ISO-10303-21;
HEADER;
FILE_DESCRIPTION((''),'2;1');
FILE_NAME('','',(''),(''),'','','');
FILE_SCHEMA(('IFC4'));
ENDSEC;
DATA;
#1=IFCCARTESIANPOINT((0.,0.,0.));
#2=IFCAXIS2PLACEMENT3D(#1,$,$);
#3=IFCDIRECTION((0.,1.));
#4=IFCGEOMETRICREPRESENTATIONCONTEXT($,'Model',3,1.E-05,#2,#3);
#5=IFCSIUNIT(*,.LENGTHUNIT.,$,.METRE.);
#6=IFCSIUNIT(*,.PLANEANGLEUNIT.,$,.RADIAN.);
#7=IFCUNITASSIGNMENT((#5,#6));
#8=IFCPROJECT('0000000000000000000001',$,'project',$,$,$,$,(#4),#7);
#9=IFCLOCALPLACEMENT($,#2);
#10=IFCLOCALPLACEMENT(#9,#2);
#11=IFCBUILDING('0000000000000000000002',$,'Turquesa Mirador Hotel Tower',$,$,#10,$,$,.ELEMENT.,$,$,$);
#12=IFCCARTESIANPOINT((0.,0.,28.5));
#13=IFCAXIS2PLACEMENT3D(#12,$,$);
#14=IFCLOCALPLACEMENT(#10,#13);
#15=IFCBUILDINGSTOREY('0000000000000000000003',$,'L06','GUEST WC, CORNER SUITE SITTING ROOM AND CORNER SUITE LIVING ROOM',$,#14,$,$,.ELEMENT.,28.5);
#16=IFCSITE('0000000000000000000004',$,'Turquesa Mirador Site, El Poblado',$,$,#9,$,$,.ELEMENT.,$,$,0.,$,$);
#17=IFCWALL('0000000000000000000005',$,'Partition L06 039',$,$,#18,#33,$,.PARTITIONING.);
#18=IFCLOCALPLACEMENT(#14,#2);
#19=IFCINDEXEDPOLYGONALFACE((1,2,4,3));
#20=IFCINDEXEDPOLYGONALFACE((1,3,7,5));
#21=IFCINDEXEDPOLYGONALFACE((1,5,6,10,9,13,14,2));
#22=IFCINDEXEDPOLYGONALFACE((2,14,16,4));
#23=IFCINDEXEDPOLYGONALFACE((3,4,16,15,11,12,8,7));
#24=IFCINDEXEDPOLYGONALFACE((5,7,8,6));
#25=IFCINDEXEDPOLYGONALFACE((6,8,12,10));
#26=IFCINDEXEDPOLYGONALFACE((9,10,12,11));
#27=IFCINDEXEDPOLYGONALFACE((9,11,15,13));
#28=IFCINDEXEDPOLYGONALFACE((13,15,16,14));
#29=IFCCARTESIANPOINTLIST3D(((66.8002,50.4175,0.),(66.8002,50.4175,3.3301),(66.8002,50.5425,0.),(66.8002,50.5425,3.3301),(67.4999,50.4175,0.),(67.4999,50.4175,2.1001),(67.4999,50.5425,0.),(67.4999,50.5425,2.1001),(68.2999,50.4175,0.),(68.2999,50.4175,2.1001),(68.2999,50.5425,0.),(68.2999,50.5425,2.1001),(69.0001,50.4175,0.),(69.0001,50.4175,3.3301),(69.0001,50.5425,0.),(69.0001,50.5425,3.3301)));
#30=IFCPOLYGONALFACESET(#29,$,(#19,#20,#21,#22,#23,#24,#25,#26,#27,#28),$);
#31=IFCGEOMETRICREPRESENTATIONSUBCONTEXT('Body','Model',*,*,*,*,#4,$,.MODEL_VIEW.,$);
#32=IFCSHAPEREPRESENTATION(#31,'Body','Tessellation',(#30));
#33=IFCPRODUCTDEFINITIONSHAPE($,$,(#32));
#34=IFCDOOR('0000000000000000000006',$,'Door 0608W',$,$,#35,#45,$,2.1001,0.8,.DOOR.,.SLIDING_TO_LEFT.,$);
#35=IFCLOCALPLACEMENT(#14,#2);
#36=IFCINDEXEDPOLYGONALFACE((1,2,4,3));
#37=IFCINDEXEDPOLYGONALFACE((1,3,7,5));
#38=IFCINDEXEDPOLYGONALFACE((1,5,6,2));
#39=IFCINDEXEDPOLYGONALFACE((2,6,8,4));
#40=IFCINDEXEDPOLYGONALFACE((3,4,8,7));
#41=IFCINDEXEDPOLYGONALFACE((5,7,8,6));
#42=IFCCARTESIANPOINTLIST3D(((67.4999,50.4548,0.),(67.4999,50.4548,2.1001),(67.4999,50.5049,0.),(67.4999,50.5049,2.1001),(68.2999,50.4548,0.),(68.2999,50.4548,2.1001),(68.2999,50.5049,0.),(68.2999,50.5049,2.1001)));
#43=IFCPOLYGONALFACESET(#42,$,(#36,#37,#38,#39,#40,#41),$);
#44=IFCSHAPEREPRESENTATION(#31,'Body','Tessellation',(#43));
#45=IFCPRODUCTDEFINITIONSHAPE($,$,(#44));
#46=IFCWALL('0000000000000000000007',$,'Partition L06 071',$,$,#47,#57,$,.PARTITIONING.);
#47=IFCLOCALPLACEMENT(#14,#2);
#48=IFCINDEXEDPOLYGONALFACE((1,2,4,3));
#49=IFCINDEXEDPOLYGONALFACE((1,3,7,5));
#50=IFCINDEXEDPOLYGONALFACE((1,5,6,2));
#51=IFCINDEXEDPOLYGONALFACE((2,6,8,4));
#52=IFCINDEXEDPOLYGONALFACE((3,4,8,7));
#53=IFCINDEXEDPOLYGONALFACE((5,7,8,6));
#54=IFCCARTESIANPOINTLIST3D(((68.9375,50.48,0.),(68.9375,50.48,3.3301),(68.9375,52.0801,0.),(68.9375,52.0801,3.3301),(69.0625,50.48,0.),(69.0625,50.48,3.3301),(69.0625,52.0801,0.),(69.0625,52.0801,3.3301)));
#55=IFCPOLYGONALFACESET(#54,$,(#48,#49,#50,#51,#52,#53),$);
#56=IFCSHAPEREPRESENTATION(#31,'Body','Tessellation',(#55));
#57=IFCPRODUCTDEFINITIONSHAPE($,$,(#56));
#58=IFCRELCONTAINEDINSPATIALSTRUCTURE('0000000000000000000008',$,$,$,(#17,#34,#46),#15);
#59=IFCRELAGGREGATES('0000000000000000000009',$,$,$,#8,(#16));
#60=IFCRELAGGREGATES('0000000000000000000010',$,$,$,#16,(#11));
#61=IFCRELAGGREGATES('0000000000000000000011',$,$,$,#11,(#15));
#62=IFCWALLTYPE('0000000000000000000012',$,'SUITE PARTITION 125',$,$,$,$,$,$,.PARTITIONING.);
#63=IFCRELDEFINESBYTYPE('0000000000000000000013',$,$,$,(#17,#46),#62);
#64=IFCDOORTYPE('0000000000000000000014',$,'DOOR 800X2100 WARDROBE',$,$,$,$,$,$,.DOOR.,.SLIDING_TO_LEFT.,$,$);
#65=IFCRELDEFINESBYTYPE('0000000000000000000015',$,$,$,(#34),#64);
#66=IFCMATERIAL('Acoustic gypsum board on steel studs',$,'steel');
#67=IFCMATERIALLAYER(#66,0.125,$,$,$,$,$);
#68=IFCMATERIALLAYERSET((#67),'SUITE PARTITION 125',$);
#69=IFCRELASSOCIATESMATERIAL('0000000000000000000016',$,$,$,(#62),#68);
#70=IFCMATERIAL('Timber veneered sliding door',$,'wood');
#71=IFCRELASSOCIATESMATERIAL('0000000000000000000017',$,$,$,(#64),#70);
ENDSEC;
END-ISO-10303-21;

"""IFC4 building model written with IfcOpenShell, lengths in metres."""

from ifc_helpers import new_model, si_unit, direction, frame, frame_2d, origin, place, context, subcontext, project, spatial, rectangle, extrude, material, layer, layer_set, type_object, element, fill, save


model = new_model("IFC4")

# Units and contexts
model_context = context("Model", 3, precision=1e-05, world=origin(), true_north=direction((0.0, 1.0)))
body_context = subcontext(model_context, "Body", "Model", "MODEL_VIEW")
ifc_project = project(units=[si_unit("LENGTHUNIT", "METRE"), si_unit("PLANEANGLEUNIT", "RADIAN")], contexts=[model_context])

# Site, building, storey
site_placement = place(None, origin())
site = spatial("IfcSite", under=ifc_project, at=site_placement, Name="Turquesa Mirador Site, El Poblado", CompositionType="ELEMENT", RefElevation=0.0)
building_placement = place(site_placement, origin())
building = spatial("IfcBuilding", under=site, at=building_placement, Name="Turquesa Mirador Hotel Tower", CompositionType="ELEMENT")
storey_placement = place(building_placement, frame((0.0, 0.0, 28.5)))
storey = spatial("IfcBuildingStorey", under=building, at=storey_placement, Name="L06", Description="GUEST WC, CORNER SUITE SITTING ROOM AND CORNER SUITE LIVING ROOM", CompositionType="ELEMENT", Elevation=28.5)

# Shared definitions
ifc_material_1 = material(Name="Acoustic gypsum board on steel studs", Category="steel")
ifc_layer_1 = layer(ifc_material_1, 0.125)
ifc_layer_set_1 = layer_set([ifc_layer_1], Name="SUITE PARTITION 125")
wall_type_1 = type_object("IfcWallType", Name="SUITE PARTITION 125", PredefinedType="PARTITIONING", material=ifc_layer_set_1)

# Wall, opening, door
wall_1_placement = place(storey_placement, frame((66.8, 50.48, 0.0), z_axis=(0.0, 0.0, 1.0), x_axis=(1.0, 0.0, 0.0)))
wall_1 = element("IfcWall", 1, at=wall_1_placement, inside=storey, type_object=wall_type_1, Name="Partition L06 039", PredefinedType="PARTITIONING", context=body_context, shape_type="SweptSolid", body=[
    extrude(rectangle(XDim=2.2, YDim=0.125, at=frame_2d((1.1001, 0.0))), origin(), (0.0, 0.0, 1.0), 3.3301),
])
opening_1_placement = place(wall_1_placement, frame((0.7, 0.0, 0.0)))
opening_1 = element("IfcOpeningElement", 2, at=opening_1_placement, cuts=wall_1, PredefinedType="OPENING", context=body_context, shape_type="SweptSolid", body=[
    extrude(rectangle(XDim=0.8, YDim=2.1001, at=frame_2d((0.3999, 1.05))), frame((0.0, 0.0725, 0.0), z_axis=(0.0, -1.0, 0.0), x_axis=(1.0, 0.0, 0.0)), (0.0, 0.0, 1.0), 0.145),
])
ifc_material_2 = material(Name="Timber veneered sliding door", Category="wood")
door_type_1 = type_object("IfcDoorType", Name="DOOR 800X2100 WARDROBE", OperationType="SLIDING_TO_LEFT", PredefinedType="DOOR", material=ifc_material_2)
door_1_placement = place(opening_1_placement, origin())
door_1 = element("IfcDoor", 3, at=door_1_placement, inside=storey, type_object=door_type_1, Name="Door 0608W", OperationType="SLIDING_TO_LEFT", OverallHeight=2.1001, OverallWidth=0.8, PredefinedType="DOOR", context=body_context, shape_type="SweptSolid", body=[
    extrude(rectangle(XDim=0.8, YDim=2.1001, at=frame_2d((0.3999, 1.05))), frame((0.0, 0.0249, 0.0), z_axis=(0.0, -1.0, 0.0), x_axis=(1.0, 0.0, 0.0)), (0.0, 0.0, 1.0), 0.05),
])
fill(opening_1, door_1)

# Wall
wall_2_placement = place(storey_placement, frame((69.0, 50.48, 0.0), z_axis=(0.0, 0.0, 1.0), x_axis=(0.0, 1.0, 0.0)))
element("IfcWall", 4, at=wall_2_placement, inside=storey, type_object=wall_type_1, Name="Partition L06 071", PredefinedType="PARTITIONING", context=body_context, shape_type="SweptSolid", body=[
    extrude(rectangle(XDim=1.6001, YDim=0.125, at=frame_2d((0.8, 0.0))), origin(), (0.0, 0.0, 1.0), 3.3301),
])

save(model, "model.ifc")
